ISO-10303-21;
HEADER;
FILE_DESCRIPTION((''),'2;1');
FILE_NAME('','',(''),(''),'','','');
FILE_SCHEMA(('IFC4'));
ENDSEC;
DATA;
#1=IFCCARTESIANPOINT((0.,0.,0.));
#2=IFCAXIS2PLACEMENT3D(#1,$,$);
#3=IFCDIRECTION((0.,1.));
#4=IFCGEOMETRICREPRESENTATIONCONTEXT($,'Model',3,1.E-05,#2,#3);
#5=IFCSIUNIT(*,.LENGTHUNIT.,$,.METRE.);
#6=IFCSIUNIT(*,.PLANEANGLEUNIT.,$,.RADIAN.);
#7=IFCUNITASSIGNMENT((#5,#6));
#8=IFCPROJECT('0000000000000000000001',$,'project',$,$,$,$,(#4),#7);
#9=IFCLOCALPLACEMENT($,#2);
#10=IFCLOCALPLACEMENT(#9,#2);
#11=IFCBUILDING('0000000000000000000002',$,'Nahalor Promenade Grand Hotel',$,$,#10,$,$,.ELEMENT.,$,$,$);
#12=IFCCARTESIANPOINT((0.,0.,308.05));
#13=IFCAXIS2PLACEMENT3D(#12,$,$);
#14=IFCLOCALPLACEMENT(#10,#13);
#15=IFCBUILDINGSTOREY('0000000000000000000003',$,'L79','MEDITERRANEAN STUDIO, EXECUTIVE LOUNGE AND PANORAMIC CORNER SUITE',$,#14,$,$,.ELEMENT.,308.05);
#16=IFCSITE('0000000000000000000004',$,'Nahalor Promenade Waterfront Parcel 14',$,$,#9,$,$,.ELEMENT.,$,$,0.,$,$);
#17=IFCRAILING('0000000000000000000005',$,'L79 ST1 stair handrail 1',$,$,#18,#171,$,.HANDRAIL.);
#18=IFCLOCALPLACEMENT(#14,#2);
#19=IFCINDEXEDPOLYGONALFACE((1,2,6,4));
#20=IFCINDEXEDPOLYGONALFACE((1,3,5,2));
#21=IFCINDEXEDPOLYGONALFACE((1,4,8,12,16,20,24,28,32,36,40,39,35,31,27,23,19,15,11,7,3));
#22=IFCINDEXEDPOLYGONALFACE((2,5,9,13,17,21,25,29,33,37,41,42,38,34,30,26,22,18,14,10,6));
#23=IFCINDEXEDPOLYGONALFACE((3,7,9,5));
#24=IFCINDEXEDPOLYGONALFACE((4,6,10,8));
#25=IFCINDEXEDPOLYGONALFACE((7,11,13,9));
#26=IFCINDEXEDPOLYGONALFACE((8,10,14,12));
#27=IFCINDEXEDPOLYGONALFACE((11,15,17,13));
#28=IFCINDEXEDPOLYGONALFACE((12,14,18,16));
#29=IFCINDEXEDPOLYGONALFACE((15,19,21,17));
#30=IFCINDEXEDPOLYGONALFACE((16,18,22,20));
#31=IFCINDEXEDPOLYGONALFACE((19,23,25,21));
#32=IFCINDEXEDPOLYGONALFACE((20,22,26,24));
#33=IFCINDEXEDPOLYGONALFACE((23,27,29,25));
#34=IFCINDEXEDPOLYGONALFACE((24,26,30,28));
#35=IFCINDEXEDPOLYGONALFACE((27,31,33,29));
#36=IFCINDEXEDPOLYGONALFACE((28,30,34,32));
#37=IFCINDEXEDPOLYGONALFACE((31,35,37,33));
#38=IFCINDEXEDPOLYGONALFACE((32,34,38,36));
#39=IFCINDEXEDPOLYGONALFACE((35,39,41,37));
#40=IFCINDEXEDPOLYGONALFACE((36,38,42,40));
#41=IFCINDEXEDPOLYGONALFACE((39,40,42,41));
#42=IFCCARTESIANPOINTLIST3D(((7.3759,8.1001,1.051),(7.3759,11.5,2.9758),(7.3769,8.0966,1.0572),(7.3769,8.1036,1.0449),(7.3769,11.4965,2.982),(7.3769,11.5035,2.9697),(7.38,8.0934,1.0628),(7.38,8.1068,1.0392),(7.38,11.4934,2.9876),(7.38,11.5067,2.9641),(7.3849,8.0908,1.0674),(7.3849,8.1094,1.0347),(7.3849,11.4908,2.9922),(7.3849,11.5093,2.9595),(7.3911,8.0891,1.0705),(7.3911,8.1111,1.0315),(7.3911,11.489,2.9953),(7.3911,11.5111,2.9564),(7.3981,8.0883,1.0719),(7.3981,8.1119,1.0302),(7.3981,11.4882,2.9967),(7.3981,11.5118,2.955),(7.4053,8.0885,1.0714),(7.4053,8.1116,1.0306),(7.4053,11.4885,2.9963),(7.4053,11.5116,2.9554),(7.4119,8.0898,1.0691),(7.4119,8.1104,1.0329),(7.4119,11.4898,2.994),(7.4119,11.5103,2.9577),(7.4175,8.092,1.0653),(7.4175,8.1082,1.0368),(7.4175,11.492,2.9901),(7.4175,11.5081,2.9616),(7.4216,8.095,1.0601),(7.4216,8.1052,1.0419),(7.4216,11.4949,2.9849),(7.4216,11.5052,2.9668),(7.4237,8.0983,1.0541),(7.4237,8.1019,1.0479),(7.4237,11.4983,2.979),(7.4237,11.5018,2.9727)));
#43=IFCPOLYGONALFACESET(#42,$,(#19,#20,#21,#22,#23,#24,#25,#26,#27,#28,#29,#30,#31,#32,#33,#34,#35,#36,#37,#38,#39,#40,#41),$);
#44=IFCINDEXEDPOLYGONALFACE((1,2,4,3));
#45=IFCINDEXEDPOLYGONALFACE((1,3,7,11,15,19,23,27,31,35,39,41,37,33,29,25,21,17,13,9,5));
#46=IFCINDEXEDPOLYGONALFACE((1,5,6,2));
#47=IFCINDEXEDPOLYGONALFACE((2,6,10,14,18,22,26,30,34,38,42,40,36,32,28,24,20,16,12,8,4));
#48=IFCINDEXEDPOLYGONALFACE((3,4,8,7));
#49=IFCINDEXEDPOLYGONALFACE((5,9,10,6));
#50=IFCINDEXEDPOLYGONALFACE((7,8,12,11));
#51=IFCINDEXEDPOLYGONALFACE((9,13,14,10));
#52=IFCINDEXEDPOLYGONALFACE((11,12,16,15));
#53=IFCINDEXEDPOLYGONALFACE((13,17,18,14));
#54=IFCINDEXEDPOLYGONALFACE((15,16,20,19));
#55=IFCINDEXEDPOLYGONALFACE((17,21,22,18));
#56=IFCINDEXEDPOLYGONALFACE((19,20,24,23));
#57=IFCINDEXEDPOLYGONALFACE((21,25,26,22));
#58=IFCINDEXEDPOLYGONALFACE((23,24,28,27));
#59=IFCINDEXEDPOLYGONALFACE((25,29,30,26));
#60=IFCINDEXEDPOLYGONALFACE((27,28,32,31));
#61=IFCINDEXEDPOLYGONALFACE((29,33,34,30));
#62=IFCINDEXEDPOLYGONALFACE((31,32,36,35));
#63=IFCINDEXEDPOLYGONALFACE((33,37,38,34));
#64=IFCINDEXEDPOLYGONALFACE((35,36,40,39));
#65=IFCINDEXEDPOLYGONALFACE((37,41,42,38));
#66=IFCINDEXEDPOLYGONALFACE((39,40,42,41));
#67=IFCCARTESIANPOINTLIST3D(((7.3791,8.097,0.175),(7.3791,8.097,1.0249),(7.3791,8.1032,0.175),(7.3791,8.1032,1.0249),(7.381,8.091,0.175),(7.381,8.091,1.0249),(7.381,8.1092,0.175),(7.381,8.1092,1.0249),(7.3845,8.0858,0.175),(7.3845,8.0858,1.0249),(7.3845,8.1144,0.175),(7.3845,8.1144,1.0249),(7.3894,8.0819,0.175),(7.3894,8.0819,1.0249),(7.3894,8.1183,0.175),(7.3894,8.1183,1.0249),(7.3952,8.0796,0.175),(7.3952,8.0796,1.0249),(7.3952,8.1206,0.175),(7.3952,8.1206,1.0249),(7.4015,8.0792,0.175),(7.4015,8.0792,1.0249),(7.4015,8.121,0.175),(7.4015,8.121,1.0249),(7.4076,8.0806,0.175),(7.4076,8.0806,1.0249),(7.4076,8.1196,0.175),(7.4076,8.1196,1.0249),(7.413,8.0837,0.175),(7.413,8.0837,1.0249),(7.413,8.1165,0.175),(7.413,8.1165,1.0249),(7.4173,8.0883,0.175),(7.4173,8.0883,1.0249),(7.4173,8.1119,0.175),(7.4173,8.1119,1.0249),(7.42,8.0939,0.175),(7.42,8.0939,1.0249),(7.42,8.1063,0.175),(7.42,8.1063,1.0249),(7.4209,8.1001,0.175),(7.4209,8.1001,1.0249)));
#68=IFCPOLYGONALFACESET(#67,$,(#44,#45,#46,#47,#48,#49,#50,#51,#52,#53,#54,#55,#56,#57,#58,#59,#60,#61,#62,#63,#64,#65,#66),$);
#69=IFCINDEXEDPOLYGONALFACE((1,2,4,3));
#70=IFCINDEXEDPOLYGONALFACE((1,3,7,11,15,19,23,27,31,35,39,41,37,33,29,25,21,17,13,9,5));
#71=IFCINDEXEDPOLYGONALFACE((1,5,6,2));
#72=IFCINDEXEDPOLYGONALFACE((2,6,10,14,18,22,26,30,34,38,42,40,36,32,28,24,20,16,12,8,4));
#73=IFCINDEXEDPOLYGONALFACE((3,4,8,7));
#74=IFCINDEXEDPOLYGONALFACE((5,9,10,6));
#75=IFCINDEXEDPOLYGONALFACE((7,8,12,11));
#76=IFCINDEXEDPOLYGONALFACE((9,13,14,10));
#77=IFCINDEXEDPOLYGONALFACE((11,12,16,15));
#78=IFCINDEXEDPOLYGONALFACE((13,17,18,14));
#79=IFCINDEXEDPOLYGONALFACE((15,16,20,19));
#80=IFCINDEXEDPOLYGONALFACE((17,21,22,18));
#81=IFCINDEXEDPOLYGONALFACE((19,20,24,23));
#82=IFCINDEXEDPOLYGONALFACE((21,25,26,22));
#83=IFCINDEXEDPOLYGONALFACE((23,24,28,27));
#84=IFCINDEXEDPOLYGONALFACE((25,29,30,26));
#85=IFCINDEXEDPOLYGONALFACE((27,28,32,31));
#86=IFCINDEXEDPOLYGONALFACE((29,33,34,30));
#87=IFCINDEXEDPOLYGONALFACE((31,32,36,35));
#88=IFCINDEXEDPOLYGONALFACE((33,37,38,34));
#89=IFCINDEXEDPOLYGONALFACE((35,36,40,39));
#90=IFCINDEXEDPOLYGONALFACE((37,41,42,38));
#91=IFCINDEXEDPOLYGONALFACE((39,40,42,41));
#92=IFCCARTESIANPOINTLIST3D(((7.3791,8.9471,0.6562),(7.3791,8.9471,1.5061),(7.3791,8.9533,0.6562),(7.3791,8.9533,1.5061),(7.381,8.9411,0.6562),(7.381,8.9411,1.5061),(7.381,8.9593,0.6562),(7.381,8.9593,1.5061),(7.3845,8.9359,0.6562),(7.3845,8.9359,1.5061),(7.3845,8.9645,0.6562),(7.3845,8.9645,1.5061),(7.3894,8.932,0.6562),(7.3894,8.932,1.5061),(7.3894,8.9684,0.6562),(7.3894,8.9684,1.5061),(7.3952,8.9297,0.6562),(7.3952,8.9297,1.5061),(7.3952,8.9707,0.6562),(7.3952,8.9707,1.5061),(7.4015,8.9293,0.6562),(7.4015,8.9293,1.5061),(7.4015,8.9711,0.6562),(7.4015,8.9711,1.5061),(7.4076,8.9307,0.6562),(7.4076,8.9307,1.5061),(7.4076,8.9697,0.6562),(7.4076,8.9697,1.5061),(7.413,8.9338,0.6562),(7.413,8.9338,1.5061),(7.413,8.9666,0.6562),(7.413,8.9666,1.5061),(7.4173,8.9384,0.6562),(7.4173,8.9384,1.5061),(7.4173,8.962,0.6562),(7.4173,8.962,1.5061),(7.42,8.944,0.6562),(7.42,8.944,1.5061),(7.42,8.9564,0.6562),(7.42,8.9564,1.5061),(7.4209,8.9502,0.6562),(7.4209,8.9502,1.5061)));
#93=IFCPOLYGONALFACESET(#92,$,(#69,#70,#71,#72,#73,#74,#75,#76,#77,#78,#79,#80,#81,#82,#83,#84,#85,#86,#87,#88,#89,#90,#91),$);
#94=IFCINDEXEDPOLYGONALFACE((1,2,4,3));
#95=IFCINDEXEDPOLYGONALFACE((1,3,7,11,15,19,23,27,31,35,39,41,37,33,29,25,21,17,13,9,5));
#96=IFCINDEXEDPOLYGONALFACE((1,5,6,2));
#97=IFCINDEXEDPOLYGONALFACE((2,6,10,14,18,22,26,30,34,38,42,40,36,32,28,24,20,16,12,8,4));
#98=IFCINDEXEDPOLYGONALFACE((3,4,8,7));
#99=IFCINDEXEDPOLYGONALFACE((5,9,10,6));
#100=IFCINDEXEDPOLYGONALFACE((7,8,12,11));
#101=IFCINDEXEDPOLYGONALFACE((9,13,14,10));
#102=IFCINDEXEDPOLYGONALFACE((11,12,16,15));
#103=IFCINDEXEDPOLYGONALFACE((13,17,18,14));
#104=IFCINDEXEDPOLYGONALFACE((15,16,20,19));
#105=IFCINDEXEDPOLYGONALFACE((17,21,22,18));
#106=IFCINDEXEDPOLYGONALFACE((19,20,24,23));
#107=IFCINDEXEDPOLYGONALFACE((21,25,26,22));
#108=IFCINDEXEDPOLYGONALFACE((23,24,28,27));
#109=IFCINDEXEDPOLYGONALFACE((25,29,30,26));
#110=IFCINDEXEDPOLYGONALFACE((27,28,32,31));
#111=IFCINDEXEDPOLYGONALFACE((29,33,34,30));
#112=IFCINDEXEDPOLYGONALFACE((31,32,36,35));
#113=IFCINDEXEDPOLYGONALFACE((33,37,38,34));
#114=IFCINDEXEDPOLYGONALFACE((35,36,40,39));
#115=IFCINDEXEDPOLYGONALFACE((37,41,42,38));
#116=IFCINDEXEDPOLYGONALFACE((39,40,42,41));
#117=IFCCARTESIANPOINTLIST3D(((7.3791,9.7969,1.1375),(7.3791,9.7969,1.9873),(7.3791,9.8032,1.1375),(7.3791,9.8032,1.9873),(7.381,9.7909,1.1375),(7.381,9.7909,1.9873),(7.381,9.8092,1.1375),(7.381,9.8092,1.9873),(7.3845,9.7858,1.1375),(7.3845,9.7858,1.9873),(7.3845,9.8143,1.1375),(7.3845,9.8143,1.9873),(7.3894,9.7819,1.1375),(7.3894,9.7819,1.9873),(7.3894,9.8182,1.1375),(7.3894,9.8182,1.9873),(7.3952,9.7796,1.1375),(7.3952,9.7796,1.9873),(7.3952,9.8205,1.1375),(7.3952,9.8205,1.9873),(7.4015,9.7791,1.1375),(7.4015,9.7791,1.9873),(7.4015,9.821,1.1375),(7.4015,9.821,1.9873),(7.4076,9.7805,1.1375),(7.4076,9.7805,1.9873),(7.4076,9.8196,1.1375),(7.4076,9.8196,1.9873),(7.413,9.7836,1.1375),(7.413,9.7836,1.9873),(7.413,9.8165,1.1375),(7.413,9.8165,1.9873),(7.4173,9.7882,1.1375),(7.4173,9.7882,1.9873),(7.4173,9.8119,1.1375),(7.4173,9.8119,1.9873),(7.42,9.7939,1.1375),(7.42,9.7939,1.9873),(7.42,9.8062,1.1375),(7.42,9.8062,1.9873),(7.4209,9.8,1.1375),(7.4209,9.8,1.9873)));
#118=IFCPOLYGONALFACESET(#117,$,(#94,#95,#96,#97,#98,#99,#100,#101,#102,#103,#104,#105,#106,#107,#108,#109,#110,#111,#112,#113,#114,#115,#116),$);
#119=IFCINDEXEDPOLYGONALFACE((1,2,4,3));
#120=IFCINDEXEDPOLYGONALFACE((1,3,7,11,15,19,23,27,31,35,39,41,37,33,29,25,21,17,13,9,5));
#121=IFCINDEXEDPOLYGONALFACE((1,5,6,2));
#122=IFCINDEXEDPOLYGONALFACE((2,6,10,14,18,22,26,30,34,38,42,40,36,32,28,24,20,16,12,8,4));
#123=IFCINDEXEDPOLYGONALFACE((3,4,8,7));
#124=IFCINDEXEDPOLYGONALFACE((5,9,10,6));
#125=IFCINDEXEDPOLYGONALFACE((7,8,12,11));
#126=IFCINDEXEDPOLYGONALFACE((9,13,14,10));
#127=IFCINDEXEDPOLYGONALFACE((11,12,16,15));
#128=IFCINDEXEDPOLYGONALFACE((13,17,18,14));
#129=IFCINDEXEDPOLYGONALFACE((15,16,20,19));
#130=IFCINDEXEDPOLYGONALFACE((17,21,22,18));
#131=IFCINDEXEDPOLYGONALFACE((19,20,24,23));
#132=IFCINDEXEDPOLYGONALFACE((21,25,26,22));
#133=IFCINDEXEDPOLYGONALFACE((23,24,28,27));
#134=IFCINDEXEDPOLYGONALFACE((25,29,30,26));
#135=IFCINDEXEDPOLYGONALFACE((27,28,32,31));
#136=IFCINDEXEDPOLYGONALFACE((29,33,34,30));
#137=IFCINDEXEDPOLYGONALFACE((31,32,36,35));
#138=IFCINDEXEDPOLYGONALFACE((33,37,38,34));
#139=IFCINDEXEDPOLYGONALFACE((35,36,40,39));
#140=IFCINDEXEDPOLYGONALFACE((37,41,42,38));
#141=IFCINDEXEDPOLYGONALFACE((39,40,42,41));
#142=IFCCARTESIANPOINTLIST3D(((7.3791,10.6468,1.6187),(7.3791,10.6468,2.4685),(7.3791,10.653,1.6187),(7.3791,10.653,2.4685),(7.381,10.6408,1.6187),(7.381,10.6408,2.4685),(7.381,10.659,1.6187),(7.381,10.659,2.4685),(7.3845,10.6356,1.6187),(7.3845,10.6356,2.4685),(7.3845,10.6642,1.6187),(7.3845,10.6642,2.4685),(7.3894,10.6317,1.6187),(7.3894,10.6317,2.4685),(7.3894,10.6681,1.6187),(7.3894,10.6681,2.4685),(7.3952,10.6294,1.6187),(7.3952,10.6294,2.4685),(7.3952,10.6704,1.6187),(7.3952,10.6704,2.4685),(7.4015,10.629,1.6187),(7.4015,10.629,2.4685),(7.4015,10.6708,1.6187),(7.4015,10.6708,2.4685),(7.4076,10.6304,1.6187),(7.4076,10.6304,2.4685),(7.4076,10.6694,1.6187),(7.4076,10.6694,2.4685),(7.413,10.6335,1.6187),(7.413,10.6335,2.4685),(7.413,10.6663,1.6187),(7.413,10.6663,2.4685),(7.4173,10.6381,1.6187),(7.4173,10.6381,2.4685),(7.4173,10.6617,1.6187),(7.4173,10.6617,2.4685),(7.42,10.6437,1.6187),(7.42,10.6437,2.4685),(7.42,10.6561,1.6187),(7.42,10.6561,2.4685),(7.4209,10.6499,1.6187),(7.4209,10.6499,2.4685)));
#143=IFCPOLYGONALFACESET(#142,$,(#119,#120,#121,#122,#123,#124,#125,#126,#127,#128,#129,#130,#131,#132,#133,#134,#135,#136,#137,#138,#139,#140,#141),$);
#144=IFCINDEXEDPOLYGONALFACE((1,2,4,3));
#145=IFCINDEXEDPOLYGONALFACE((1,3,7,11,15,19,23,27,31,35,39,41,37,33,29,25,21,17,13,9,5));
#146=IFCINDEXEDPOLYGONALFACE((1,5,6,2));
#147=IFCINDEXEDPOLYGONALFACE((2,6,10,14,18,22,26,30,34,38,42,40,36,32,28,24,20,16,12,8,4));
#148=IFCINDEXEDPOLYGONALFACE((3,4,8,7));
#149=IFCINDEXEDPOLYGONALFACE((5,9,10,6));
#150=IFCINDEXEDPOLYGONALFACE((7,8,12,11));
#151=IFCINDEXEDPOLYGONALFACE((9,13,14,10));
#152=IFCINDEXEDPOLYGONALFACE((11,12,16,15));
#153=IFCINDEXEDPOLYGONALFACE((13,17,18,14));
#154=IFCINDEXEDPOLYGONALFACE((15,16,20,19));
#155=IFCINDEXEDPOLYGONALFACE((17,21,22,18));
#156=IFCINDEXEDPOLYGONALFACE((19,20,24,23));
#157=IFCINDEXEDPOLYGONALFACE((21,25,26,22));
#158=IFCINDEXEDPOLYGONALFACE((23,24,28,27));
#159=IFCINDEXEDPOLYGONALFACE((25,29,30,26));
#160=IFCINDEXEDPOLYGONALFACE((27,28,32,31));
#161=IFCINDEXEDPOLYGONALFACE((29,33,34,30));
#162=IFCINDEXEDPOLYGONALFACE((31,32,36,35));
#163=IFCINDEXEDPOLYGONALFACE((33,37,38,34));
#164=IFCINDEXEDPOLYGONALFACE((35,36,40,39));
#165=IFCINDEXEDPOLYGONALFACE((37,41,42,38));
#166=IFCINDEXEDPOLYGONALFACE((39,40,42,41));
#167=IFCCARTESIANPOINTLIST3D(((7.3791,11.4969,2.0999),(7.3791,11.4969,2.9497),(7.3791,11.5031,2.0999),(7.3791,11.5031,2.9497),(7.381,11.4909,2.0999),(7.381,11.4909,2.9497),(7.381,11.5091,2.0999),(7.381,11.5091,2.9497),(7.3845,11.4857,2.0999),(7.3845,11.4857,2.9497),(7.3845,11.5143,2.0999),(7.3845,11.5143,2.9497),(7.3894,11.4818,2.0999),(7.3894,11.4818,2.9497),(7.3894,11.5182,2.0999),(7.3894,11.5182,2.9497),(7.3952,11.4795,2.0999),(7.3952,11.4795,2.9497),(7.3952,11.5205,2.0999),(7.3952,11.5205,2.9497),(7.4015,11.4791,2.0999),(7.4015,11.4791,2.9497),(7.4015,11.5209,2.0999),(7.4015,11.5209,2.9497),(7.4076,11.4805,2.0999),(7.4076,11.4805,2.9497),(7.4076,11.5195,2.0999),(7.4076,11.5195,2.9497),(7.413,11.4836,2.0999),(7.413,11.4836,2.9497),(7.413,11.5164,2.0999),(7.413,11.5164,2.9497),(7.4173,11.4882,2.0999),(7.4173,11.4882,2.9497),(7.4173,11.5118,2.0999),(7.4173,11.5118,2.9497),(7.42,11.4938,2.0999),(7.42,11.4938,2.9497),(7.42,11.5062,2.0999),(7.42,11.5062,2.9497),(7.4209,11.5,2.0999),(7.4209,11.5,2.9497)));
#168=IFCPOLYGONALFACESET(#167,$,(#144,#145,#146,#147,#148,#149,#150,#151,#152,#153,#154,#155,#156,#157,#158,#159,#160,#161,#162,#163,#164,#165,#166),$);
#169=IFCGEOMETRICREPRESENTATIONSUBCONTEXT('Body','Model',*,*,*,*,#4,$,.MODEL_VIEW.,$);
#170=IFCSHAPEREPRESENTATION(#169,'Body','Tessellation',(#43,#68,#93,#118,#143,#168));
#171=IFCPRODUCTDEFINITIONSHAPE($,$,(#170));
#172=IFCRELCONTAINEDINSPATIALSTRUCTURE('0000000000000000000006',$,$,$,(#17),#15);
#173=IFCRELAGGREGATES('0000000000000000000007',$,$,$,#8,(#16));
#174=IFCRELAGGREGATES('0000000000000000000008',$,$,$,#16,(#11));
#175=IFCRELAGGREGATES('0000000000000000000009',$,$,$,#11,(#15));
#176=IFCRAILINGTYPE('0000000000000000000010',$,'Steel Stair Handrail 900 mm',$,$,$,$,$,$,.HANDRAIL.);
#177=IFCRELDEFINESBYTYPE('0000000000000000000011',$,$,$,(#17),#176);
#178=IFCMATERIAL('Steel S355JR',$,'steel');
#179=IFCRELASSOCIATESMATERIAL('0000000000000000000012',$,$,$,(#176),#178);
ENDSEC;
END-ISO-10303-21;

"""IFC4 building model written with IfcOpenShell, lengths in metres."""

from ifc_helpers import new_model, si_unit, direction, frame, origin, origin_2d, place, context, subcontext, project, spatial, circle, extrude, material, type_object, element, save


model = new_model("IFC4")

# Units and contexts
model_context = context("Model", 3, precision=1e-05, world=origin(), true_north=direction((0.0, 1.0)))
body_context = subcontext(model_context, "Body", "Model", "MODEL_VIEW")
ifc_project = project(units=[si_unit("LENGTHUNIT", "METRE"), si_unit("PLANEANGLEUNIT", "RADIAN")], contexts=[model_context])

# Site, building, storey
site_placement = place(None, origin())
site = spatial("IfcSite", under=ifc_project, at=site_placement, Name="Nahalor Promenade Waterfront Parcel 14", CompositionType="ELEMENT", RefElevation=0.0)
building_placement = place(site_placement, origin())
building = spatial("IfcBuilding", under=site, at=building_placement, Name="Nahalor Promenade Grand Hotel", CompositionType="ELEMENT")
storey_placement = place(building_placement, frame((0.0, 0.0, 308.05)))
storey = spatial("IfcBuildingStorey", under=building, at=storey_placement, Name="L79", Description="MEDITERRANEAN STUDIO, EXECUTIVE LOUNGE AND PANORAMIC CORNER SUITE", CompositionType="ELEMENT", Elevation=308.05)

# Shared definitions
ifc_material_1 = material(Name="Steel S355JR", Category="steel")

# Railing
railing_type_1 = type_object("IfcRailingType", Name="Steel Stair Handrail 900 mm", PredefinedType="HANDRAIL", material=ifc_material_1)
railing_1_placement = place(storey_placement, frame((7.3999, 8.1001, 0.175)))
element("IfcRailing", 1, at=railing_1_placement, inside=storey, type_object=railing_type_1, Name="L79 ST1 stair handrail 1", PredefinedType="HANDRAIL", context=body_context, shape_type="SweptSolid", body=[
    extrude(circle(Radius=0.024, at=origin_2d()), frame((0.0, 0.0, 0.876), z_axis=(0.0, 0.87022, 0.492663), x_axis=(-1.0, 0.0, 0.0)), (0.0, 0.0, 1.0), 3.907),
    extrude(circle(Radius=0.021, at=origin_2d()), origin(), (0.0, 0.0, 1.0), 0.8499),
    extrude(circle(Radius=0.021, at=origin_2d()), frame((0.0, 0.8501, 0.4812)), (0.0, 0.0, 1.0), 0.8499),
    extrude(circle(Radius=0.021, at=origin_2d()), frame((0.0, 1.7, 0.9624)), (0.0, 0.0, 1.0), 0.8499),
    extrude(circle(Radius=0.021, at=origin_2d()), frame((0.0, 2.5498, 1.4436)), (0.0, 0.0, 1.0), 0.8499),
    extrude(circle(Radius=0.021, at=origin_2d()), frame((0.0, 3.3999, 1.9248)), (0.0, 0.0, 1.0), 0.8499),
])

save(model, "model.ifc")
